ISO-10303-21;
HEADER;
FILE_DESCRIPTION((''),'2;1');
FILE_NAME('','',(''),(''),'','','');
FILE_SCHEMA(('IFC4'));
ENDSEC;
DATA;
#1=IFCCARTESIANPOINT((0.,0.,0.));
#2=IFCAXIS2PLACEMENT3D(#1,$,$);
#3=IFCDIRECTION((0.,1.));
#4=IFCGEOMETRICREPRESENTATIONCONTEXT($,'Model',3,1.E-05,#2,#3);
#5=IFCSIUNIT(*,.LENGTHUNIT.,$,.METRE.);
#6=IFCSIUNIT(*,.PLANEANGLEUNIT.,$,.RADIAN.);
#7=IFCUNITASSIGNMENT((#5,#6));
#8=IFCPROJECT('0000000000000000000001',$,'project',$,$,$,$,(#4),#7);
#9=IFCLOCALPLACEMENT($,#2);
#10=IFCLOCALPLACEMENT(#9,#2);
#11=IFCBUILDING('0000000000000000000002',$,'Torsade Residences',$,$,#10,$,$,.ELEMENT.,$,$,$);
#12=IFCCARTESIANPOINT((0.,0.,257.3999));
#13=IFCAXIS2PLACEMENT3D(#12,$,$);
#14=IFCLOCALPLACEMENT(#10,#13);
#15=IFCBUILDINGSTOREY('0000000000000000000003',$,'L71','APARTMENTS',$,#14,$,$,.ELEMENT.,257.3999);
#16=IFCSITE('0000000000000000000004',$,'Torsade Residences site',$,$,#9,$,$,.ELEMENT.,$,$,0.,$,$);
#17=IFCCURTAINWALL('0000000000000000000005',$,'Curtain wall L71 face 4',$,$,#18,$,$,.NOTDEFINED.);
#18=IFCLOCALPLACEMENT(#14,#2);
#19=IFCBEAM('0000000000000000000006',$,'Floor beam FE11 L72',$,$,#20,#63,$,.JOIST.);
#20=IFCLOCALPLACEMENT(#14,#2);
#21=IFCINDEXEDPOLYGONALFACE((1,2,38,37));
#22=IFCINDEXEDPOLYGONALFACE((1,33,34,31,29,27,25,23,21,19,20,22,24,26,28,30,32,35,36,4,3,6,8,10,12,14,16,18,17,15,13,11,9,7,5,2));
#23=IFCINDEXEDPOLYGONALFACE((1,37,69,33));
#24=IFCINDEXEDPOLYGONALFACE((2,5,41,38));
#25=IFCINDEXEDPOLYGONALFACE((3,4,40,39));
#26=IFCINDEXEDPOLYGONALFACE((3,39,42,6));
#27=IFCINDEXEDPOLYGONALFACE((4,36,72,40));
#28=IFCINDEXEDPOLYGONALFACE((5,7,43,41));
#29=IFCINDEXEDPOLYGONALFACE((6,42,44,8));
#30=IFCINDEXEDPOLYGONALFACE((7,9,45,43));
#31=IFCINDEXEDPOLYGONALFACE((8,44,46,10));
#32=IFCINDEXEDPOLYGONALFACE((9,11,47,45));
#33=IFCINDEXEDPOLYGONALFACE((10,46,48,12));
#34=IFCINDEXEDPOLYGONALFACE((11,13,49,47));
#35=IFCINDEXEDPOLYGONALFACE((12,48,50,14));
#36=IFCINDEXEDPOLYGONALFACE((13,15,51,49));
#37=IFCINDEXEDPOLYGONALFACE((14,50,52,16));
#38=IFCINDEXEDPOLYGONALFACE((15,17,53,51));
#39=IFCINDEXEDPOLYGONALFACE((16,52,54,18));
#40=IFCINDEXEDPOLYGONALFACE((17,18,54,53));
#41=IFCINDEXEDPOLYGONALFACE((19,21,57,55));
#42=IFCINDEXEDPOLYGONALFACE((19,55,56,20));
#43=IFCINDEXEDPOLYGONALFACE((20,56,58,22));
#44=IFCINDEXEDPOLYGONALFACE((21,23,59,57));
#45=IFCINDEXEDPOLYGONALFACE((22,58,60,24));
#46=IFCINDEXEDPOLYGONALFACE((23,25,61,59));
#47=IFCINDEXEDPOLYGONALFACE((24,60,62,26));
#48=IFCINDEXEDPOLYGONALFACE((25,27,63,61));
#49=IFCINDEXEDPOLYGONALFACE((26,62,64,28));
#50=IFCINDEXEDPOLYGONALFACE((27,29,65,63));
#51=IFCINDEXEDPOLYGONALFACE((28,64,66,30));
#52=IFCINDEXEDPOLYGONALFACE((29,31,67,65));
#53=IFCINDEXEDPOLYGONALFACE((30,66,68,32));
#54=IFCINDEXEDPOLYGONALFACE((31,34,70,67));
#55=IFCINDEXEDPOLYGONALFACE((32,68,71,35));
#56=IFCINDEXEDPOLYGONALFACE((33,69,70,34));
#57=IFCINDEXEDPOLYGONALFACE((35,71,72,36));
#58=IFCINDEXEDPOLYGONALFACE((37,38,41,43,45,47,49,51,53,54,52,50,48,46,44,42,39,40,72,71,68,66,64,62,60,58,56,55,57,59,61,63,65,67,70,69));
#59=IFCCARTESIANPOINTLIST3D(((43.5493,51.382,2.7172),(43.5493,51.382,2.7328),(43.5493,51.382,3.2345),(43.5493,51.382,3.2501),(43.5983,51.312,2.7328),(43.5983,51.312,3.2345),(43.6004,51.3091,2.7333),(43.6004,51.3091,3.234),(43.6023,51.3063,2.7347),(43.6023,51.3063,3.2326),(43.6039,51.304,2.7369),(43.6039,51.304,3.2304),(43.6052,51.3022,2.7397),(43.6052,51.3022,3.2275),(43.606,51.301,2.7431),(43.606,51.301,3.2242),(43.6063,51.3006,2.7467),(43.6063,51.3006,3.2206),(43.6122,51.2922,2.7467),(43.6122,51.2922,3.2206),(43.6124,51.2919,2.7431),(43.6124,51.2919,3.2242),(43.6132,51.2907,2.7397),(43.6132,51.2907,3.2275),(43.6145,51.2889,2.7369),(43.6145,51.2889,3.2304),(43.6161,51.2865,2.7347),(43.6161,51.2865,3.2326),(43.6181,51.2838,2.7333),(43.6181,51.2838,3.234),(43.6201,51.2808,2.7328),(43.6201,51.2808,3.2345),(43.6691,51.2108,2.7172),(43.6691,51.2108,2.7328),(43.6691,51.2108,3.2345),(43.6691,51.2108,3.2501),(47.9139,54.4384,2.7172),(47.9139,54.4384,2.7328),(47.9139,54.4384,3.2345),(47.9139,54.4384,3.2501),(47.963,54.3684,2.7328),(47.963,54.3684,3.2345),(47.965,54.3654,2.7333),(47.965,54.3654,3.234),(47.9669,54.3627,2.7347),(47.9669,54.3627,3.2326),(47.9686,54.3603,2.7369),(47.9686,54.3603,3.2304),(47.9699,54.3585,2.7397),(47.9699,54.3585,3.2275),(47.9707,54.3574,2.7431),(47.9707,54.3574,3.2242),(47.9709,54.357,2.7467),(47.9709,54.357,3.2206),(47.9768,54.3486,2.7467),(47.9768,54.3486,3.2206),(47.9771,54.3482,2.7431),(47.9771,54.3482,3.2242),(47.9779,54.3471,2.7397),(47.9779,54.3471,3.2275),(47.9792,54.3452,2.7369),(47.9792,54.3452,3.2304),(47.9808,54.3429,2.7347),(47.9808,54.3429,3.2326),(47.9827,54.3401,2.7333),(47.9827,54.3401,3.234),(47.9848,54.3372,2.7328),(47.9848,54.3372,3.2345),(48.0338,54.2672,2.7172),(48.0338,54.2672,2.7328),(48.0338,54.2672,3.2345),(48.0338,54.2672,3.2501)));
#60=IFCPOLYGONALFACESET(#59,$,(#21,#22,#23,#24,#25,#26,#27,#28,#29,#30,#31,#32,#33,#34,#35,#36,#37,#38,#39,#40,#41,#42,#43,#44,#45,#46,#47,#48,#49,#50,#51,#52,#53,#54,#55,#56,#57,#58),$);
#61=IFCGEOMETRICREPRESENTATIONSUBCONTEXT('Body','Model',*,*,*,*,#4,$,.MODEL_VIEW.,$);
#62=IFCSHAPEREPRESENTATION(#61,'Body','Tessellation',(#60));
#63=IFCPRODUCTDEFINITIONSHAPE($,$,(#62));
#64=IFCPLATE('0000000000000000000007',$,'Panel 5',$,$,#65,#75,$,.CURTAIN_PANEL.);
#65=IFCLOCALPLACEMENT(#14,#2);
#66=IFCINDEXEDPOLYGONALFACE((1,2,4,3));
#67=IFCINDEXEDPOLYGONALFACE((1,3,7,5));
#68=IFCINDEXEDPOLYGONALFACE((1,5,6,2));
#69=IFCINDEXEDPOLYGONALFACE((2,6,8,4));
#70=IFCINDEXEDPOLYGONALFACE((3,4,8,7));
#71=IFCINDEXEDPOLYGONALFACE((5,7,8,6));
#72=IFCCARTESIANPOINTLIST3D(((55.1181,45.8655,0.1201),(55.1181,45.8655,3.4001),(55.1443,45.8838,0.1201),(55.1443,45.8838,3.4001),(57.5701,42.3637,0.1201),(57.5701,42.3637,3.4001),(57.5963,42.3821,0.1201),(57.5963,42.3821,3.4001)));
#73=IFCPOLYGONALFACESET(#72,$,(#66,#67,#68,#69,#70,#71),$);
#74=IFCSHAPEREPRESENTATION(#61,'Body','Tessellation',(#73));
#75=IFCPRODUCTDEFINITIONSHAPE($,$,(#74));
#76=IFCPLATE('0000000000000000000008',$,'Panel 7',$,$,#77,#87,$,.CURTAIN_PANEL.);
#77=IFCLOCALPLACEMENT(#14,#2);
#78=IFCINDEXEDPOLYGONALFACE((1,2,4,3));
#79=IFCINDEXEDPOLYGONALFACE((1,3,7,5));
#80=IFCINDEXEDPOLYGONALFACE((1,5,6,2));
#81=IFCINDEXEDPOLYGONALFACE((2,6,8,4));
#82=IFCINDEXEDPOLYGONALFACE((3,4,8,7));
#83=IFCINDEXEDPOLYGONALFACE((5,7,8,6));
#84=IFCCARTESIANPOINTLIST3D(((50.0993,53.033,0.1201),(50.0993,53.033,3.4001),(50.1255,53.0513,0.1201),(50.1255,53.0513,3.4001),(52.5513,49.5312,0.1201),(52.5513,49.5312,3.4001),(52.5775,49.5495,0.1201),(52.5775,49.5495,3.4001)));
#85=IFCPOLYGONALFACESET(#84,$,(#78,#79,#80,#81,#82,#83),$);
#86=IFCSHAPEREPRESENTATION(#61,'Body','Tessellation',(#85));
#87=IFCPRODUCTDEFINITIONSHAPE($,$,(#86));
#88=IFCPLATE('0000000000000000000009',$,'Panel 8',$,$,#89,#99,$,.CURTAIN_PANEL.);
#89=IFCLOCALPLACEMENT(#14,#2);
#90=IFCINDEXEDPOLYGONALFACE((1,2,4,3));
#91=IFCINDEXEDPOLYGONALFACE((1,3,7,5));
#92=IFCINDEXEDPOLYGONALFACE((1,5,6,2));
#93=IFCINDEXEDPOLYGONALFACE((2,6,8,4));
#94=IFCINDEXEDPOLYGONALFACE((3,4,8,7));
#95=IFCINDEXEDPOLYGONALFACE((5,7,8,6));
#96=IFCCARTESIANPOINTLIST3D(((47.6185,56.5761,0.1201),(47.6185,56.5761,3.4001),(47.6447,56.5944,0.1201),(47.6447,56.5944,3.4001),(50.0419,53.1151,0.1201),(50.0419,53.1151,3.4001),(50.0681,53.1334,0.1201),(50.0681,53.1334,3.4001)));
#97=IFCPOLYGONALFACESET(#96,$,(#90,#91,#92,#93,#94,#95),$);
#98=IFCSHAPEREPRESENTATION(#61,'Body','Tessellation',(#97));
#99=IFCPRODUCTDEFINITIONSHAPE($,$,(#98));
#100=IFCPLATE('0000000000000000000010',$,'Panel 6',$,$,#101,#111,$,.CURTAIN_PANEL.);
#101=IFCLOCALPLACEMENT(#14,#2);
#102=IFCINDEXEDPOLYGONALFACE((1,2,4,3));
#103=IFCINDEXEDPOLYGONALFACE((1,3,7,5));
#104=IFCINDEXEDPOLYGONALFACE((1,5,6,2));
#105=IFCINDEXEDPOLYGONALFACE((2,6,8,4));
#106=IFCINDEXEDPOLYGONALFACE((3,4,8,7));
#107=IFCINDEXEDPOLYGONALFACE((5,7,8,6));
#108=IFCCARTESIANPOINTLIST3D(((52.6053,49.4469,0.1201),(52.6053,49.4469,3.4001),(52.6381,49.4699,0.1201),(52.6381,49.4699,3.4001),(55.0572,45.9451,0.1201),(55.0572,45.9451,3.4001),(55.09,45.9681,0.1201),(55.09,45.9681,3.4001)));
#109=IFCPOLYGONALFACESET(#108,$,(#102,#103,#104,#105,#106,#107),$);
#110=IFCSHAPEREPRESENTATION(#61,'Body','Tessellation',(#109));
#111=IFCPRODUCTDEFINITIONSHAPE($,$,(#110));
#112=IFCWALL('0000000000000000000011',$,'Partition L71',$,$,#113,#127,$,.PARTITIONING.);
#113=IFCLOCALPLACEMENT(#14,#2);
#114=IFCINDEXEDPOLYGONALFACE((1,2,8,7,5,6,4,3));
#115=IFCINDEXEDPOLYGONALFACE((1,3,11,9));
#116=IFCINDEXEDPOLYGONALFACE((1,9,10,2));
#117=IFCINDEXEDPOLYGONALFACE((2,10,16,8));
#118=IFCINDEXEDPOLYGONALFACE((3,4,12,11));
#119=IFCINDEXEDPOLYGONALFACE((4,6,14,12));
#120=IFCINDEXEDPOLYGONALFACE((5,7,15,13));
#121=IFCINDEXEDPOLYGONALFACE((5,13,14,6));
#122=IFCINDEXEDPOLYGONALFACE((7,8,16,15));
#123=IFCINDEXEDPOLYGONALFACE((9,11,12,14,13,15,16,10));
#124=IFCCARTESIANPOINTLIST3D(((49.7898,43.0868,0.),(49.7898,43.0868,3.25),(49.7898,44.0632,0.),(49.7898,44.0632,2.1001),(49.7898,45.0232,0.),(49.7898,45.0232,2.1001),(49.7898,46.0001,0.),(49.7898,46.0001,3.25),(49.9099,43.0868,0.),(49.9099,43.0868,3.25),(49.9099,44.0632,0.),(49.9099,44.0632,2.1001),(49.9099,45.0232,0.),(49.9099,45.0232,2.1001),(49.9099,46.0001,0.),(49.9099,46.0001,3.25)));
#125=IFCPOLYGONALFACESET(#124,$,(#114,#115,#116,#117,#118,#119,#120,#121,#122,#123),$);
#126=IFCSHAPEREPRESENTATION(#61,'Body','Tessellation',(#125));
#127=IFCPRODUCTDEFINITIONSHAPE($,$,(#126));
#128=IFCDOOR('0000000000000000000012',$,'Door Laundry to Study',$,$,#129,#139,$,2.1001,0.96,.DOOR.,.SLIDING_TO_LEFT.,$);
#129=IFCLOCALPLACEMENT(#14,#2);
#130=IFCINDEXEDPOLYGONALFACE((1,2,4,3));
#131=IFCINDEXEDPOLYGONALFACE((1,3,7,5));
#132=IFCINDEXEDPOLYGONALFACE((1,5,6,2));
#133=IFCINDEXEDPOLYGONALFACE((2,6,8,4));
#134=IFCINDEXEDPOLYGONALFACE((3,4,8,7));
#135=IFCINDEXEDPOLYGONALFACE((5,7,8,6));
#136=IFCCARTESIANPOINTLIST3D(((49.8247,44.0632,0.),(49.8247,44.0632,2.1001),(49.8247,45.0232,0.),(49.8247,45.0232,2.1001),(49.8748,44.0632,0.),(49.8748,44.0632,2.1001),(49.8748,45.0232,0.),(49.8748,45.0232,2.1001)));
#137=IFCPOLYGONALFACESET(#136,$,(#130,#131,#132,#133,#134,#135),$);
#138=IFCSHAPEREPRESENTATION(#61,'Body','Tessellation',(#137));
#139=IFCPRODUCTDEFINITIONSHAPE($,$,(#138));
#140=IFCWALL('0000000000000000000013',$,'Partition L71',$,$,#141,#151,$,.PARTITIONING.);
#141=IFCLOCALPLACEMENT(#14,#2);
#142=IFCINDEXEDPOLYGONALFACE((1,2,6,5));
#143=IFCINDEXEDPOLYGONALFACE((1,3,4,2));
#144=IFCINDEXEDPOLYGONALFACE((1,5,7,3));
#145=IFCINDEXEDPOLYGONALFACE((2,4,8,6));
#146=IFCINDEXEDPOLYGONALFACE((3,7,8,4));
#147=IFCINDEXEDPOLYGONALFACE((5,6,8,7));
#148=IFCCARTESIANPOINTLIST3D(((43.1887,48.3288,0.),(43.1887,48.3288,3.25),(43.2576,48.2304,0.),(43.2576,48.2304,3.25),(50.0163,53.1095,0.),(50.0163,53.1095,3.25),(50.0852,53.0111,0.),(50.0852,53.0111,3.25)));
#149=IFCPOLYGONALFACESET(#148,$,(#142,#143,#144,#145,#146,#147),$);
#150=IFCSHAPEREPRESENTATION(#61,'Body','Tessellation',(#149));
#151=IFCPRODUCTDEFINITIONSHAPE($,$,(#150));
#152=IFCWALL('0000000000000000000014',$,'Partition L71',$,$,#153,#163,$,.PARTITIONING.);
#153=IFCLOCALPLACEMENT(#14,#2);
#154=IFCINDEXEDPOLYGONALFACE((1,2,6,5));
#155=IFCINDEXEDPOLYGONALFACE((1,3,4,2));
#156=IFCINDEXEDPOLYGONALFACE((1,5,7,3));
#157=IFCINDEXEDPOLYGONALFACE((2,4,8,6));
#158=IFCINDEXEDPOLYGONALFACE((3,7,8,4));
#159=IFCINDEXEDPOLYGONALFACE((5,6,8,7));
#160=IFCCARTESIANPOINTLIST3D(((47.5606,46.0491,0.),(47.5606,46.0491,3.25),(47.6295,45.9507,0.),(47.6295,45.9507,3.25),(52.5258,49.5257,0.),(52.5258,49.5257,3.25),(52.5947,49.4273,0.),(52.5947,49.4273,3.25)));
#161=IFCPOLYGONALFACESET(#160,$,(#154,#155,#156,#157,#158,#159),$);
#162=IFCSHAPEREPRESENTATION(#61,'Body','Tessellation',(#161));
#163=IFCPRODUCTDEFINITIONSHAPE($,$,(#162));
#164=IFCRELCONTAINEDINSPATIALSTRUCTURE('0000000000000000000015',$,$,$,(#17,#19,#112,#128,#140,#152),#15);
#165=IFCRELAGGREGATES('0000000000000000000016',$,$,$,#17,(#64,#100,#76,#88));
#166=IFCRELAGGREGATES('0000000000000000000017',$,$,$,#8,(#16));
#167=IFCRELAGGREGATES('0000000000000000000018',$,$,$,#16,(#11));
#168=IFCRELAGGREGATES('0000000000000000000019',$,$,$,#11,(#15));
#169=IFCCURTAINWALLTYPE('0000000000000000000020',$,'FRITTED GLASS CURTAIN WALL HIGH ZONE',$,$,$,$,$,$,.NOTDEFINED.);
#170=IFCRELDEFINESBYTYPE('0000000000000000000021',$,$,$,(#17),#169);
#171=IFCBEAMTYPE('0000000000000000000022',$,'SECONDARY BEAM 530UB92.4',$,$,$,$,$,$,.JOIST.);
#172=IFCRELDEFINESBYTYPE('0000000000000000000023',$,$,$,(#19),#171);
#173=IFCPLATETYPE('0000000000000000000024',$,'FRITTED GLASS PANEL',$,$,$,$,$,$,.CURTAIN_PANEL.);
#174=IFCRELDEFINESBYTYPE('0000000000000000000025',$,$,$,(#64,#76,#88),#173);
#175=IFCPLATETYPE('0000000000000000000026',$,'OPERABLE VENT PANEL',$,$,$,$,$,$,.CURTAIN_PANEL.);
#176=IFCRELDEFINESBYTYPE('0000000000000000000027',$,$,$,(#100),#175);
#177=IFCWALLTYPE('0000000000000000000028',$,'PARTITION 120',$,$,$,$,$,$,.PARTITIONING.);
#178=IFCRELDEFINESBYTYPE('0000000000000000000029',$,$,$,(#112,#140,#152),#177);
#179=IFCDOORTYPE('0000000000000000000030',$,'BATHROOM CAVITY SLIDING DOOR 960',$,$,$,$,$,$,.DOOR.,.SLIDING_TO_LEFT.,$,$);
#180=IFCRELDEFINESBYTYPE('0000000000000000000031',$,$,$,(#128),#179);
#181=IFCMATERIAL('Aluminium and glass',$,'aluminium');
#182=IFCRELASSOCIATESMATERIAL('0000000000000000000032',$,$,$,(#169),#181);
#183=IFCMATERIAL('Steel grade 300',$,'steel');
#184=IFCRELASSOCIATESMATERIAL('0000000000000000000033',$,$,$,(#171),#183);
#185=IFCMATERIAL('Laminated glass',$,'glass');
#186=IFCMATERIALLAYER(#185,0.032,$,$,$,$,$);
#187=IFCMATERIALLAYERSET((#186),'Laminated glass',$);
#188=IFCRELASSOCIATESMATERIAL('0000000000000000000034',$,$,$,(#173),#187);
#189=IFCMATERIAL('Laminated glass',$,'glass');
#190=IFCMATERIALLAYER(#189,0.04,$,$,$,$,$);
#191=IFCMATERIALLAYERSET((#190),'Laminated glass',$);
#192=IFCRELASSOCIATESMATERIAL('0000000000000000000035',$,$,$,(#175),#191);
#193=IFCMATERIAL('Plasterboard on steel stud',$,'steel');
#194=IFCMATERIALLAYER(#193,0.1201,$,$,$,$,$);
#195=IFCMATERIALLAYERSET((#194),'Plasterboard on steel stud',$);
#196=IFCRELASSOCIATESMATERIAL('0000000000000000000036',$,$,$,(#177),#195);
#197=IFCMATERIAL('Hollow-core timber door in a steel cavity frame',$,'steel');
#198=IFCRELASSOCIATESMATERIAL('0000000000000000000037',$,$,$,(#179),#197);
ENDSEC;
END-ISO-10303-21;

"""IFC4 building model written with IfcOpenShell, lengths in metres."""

from ifc_helpers import new_model, si_unit, direction, frame, frame_2d, origin, origin_2d, place, context, subcontext, project, spatial, rectangle, i_section, extrude, material, layer, layer_set, material_profile, profile_set, type_object, element, fill, aggregate, save


model = new_model("IFC4")

# Units and contexts
model_context = context("Model", 3, precision=1e-05, world=origin(), true_north=direction((0.0, 1.0)))
body_context = subcontext(model_context, "Body", "Model", "MODEL_VIEW")
ifc_project = project(units=[si_unit("LENGTHUNIT", "METRE"), si_unit("PLANEANGLEUNIT", "RADIAN")], contexts=[model_context])

# Site, building, storey
site_placement = place(None, origin())
site = spatial("IfcSite", under=ifc_project, at=site_placement, Name="Torsade Residences site", CompositionType="ELEMENT", RefElevation=0.0)
building_placement = place(site_placement, origin())
building = spatial("IfcBuilding", under=site, at=building_placement, Name="Torsade Residences", CompositionType="ELEMENT")
storey_placement = place(building_placement, frame((0.0, 0.0, 257.3999)))
storey = spatial("IfcBuildingStorey", under=building, at=storey_placement, Name="L71", Description="APARTMENTS", CompositionType="ELEMENT", Elevation=257.3999)

# Curtain wall
ifc_material_1 = material(Name="Aluminium and glass", Category="aluminium")
curtain_wall_type = type_object("IfcCurtainWallType", Name="FRITTED GLASS CURTAIN WALL HIGH ZONE", PredefinedType="NOTDEFINED", material=ifc_material_1)
curtain_wall_placement = place(storey_placement, origin())
curtain_wall = element("IfcCurtainWall", 1, at=curtain_wall_placement, inside=storey, type_object=curtain_wall_type, Name="Curtain wall L71 face 4", PredefinedType="NOTDEFINED")

# Beam
ifc_material_2 = material(Name="Steel grade 300", Category="steel")
ifc_material_profile_1 = material_profile(ifc_material_2, i_section(OverallWidth=0.209, OverallDepth=0.533, WebThickness=0.0103, FlangeThickness=0.0156, FilletRadius=0.0139, at=origin_2d()), Name="530UB92.4")
ifc_profile_set_1 = profile_set([ifc_material_profile_1], Name="Steel grade 300")
beam_type_1 = type_object("IfcBeamType", Name="SECONDARY BEAM 530UB92.4", PredefinedType="JOIST", material=ifc_profile_set_1)
beam_1_placement = place(storey_placement, frame((47.9739, 54.3528, 2.9836), z_axis=(-0.819137, -0.573598, 0.0), x_axis=(0.573598, -0.819137, 0.0)))
element("IfcBeam", 2, at=beam_1_placement, inside=storey, type_object=beam_type_1, Name="Floor beam FE11 L72", PredefinedType="JOIST", context=body_context, shape_type="SweptSolid", body=[
    extrude(i_section(OverallWidth=0.209, OverallDepth=0.533, WebThickness=0.0103, FlangeThickness=0.0156, FilletRadius=0.0139, at=origin_2d()), origin(), (0.0, 0.0, 1.0), 5.3284),
])

# Plates
ifc_material_3 = material(Name="Laminated glass", Category="glass")
ifc_layer_1 = layer(ifc_material_3, 0.032)
ifc_layer_set_1 = layer_set([ifc_layer_1], Name="Laminated glass")
plate_type_1 = type_object("IfcPlateType", Name="FRITTED GLASS PANEL", PredefinedType="CURTAIN_PANEL", material=ifc_layer_set_1)
plate_1_placement = place(storey_placement, frame((56.3572, 44.1238, 0.1201), z_axis=(0.0, 0.0, 1.0), x_axis=(-0.573576, 0.819152, 0.0)))
plate_1 = element("IfcPlate", 3, at=plate_1_placement, type_object=plate_type_1, Name="Panel 5", PredefinedType="CURTAIN_PANEL", context=body_context, shape_type="SweptSolid", body=[
    extrude(rectangle(XDim=4.2749, YDim=0.032, at=origin_2d()), origin(), (0.0, 0.0, 1.0), 3.28),
])
plate_2_placement = place(storey_placement, frame((51.3384, 51.2913, 0.1201), z_axis=(0.0, 0.0, 1.0), x_axis=(-0.573576, 0.819152, 0.0)))
plate_2 = element("IfcPlate", 4, at=plate_2_placement, type_object=plate_type_1, Name="Panel 7", PredefinedType="CURTAIN_PANEL", context=body_context, shape_type="SweptSolid", body=[
    extrude(rectangle(XDim=4.2749, YDim=0.032, at=origin_2d()), origin(), (0.0, 0.0, 1.0), 3.28),
])
plate_3_placement = place(storey_placement, frame((48.8433, 54.8547, 0.1201), z_axis=(0.0, 0.0, 1.0), x_axis=(-0.573576, 0.819152, 0.0)))
plate_3 = element("IfcPlate", 5, at=plate_3_placement, type_object=plate_type_1, Name="Panel 8", PredefinedType="CURTAIN_PANEL", context=body_context, shape_type="SweptSolid", body=[
    extrude(rectangle(XDim=4.2251, YDim=0.032, at=origin_2d()), origin(), (0.0, 0.0, 1.0), 3.28),
])
ifc_material_4 = material(Name="Laminated glass", Category="glass")
ifc_layer_2 = layer(ifc_material_4, 0.04)
ifc_layer_set_2 = layer_set([ifc_layer_2], Name="Laminated glass")
plate_type_2 = type_object("IfcPlateType", Name="OPERABLE VENT PANEL", PredefinedType="CURTAIN_PANEL", material=ifc_layer_set_2)
plate_4_placement = place(storey_placement, frame((53.8477, 47.7075, 0.1201), z_axis=(0.0, 0.0, 1.0), x_axis=(-0.573576, 0.819152, 0.0)))
plate_4 = element("IfcPlate", 6, at=plate_4_placement, type_object=plate_type_2, Name="Panel 6", PredefinedType="CURTAIN_PANEL", context=body_context, shape_type="SweptSolid", body=[
    extrude(rectangle(XDim=4.2749, YDim=0.04, at=origin_2d()), origin(), (0.0, 0.0, 1.0), 3.28),
])
aggregate(curtain_wall, [plate_1, plate_4, plate_2, plate_3])

# Wall, opening, door
ifc_material_5 = material(Name="Plasterboard on steel stud", Category="steel")
ifc_layer_3 = layer(ifc_material_5, 0.1201)
ifc_layer_set_3 = layer_set([ifc_layer_3], Name="Plasterboard on steel stud")
wall_type_1 = type_object("IfcWallType", Name="PARTITION 120", PredefinedType="PARTITIONING", material=ifc_layer_set_3)
wall_1_placement = place(storey_placement, frame((49.8499, 46.0, 0.0), z_axis=(0.0, 0.0, 1.0), x_axis=(0.0, -1.0, 0.0)))
wall_1 = element("IfcWall", 7, at=wall_1_placement, inside=storey, type_object=wall_type_1, Name="Partition L71", PredefinedType="PARTITIONING", context=body_context, shape_type="SweptSolid", body=[
    extrude(rectangle(XDim=2.9133, YDim=0.1201, at=frame_2d((1.4565, 0.0))), origin(), (0.0, 0.0, 1.0), 3.25),
])
opening_1_placement = place(wall_1_placement, frame((0.9768, 0.0, 0.0)))
opening_1 = element("IfcOpeningElement", 8, at=opening_1_placement, cuts=wall_1, PredefinedType="OPENING", context=body_context, shape_type="SweptSolid", body=[
    extrude(rectangle(XDim=0.96, YDim=2.1001, at=frame_2d((0.48, 1.05))), frame((0.0, 0.0701, 0.0), z_axis=(0.0, -1.0, 0.0), x_axis=(1.0, 0.0, 0.0)), (0.0, 0.0, 1.0), 0.1401),
])
ifc_material_6 = material(Name="Hollow-core timber door in a steel cavity frame", Category="steel")
door_type_1 = type_object("IfcDoorType", Name="BATHROOM CAVITY SLIDING DOOR 960", OperationType="SLIDING_TO_LEFT", PredefinedType="DOOR", material=ifc_material_6)
door_1_placement = place(opening_1_placement, origin())
door_1 = element("IfcDoor", 9, at=door_1_placement, inside=storey, type_object=door_type_1, Name="Door Laundry to Study", OperationType="SLIDING_TO_LEFT", OverallHeight=2.1001, OverallWidth=0.96, PredefinedType="DOOR", context=body_context, shape_type="SweptSolid", body=[
    extrude(rectangle(XDim=0.96, YDim=2.1001, at=frame_2d((0.48, 1.05))), frame((0.0, 0.0249, 0.0), z_axis=(0.0, -1.0, 0.0), x_axis=(1.0, 0.0, 0.0)), (0.0, 0.0, 1.0), 0.05),
])
fill(opening_1, door_1)

# Walls
wall_2_placement = place(storey_placement, frame((50.0508, 53.0603, 0.0), z_axis=(0.0, 0.0, 1.0), x_axis=(-0.819152, -0.573576, 0.0)))
element("IfcWall", 10, at=wall_2_placement, inside=storey, type_object=wall_type_1, Name="Partition L71", PredefinedType="PARTITIONING", context=body_context, shape_type="SweptSolid", body=[
    extrude(rectangle(XDim=8.335, YDim=0.1201, at=frame_2d((4.1675, 0.0))), origin(), (0.0, 0.0, 1.0), 3.25),
])
wall_3_placement = place(storey_placement, frame((52.5603, 49.4766, 0.0), z_axis=(0.0, 0.0, 1.0), x_axis=(-0.819154, -0.573573, 0.0)))
element("IfcWall", 11, at=wall_3_placement, inside=storey, type_object=wall_type_1, Name="Partition L71", PredefinedType="PARTITIONING", context=body_context, shape_type="SweptSolid", body=[
    extrude(rectangle(XDim=6.0613, YDim=0.1201, at=frame_2d((3.0308, 0.0))), origin(), (0.0, 0.0, 1.0), 3.25),
])

save(model, "model.ifc")
